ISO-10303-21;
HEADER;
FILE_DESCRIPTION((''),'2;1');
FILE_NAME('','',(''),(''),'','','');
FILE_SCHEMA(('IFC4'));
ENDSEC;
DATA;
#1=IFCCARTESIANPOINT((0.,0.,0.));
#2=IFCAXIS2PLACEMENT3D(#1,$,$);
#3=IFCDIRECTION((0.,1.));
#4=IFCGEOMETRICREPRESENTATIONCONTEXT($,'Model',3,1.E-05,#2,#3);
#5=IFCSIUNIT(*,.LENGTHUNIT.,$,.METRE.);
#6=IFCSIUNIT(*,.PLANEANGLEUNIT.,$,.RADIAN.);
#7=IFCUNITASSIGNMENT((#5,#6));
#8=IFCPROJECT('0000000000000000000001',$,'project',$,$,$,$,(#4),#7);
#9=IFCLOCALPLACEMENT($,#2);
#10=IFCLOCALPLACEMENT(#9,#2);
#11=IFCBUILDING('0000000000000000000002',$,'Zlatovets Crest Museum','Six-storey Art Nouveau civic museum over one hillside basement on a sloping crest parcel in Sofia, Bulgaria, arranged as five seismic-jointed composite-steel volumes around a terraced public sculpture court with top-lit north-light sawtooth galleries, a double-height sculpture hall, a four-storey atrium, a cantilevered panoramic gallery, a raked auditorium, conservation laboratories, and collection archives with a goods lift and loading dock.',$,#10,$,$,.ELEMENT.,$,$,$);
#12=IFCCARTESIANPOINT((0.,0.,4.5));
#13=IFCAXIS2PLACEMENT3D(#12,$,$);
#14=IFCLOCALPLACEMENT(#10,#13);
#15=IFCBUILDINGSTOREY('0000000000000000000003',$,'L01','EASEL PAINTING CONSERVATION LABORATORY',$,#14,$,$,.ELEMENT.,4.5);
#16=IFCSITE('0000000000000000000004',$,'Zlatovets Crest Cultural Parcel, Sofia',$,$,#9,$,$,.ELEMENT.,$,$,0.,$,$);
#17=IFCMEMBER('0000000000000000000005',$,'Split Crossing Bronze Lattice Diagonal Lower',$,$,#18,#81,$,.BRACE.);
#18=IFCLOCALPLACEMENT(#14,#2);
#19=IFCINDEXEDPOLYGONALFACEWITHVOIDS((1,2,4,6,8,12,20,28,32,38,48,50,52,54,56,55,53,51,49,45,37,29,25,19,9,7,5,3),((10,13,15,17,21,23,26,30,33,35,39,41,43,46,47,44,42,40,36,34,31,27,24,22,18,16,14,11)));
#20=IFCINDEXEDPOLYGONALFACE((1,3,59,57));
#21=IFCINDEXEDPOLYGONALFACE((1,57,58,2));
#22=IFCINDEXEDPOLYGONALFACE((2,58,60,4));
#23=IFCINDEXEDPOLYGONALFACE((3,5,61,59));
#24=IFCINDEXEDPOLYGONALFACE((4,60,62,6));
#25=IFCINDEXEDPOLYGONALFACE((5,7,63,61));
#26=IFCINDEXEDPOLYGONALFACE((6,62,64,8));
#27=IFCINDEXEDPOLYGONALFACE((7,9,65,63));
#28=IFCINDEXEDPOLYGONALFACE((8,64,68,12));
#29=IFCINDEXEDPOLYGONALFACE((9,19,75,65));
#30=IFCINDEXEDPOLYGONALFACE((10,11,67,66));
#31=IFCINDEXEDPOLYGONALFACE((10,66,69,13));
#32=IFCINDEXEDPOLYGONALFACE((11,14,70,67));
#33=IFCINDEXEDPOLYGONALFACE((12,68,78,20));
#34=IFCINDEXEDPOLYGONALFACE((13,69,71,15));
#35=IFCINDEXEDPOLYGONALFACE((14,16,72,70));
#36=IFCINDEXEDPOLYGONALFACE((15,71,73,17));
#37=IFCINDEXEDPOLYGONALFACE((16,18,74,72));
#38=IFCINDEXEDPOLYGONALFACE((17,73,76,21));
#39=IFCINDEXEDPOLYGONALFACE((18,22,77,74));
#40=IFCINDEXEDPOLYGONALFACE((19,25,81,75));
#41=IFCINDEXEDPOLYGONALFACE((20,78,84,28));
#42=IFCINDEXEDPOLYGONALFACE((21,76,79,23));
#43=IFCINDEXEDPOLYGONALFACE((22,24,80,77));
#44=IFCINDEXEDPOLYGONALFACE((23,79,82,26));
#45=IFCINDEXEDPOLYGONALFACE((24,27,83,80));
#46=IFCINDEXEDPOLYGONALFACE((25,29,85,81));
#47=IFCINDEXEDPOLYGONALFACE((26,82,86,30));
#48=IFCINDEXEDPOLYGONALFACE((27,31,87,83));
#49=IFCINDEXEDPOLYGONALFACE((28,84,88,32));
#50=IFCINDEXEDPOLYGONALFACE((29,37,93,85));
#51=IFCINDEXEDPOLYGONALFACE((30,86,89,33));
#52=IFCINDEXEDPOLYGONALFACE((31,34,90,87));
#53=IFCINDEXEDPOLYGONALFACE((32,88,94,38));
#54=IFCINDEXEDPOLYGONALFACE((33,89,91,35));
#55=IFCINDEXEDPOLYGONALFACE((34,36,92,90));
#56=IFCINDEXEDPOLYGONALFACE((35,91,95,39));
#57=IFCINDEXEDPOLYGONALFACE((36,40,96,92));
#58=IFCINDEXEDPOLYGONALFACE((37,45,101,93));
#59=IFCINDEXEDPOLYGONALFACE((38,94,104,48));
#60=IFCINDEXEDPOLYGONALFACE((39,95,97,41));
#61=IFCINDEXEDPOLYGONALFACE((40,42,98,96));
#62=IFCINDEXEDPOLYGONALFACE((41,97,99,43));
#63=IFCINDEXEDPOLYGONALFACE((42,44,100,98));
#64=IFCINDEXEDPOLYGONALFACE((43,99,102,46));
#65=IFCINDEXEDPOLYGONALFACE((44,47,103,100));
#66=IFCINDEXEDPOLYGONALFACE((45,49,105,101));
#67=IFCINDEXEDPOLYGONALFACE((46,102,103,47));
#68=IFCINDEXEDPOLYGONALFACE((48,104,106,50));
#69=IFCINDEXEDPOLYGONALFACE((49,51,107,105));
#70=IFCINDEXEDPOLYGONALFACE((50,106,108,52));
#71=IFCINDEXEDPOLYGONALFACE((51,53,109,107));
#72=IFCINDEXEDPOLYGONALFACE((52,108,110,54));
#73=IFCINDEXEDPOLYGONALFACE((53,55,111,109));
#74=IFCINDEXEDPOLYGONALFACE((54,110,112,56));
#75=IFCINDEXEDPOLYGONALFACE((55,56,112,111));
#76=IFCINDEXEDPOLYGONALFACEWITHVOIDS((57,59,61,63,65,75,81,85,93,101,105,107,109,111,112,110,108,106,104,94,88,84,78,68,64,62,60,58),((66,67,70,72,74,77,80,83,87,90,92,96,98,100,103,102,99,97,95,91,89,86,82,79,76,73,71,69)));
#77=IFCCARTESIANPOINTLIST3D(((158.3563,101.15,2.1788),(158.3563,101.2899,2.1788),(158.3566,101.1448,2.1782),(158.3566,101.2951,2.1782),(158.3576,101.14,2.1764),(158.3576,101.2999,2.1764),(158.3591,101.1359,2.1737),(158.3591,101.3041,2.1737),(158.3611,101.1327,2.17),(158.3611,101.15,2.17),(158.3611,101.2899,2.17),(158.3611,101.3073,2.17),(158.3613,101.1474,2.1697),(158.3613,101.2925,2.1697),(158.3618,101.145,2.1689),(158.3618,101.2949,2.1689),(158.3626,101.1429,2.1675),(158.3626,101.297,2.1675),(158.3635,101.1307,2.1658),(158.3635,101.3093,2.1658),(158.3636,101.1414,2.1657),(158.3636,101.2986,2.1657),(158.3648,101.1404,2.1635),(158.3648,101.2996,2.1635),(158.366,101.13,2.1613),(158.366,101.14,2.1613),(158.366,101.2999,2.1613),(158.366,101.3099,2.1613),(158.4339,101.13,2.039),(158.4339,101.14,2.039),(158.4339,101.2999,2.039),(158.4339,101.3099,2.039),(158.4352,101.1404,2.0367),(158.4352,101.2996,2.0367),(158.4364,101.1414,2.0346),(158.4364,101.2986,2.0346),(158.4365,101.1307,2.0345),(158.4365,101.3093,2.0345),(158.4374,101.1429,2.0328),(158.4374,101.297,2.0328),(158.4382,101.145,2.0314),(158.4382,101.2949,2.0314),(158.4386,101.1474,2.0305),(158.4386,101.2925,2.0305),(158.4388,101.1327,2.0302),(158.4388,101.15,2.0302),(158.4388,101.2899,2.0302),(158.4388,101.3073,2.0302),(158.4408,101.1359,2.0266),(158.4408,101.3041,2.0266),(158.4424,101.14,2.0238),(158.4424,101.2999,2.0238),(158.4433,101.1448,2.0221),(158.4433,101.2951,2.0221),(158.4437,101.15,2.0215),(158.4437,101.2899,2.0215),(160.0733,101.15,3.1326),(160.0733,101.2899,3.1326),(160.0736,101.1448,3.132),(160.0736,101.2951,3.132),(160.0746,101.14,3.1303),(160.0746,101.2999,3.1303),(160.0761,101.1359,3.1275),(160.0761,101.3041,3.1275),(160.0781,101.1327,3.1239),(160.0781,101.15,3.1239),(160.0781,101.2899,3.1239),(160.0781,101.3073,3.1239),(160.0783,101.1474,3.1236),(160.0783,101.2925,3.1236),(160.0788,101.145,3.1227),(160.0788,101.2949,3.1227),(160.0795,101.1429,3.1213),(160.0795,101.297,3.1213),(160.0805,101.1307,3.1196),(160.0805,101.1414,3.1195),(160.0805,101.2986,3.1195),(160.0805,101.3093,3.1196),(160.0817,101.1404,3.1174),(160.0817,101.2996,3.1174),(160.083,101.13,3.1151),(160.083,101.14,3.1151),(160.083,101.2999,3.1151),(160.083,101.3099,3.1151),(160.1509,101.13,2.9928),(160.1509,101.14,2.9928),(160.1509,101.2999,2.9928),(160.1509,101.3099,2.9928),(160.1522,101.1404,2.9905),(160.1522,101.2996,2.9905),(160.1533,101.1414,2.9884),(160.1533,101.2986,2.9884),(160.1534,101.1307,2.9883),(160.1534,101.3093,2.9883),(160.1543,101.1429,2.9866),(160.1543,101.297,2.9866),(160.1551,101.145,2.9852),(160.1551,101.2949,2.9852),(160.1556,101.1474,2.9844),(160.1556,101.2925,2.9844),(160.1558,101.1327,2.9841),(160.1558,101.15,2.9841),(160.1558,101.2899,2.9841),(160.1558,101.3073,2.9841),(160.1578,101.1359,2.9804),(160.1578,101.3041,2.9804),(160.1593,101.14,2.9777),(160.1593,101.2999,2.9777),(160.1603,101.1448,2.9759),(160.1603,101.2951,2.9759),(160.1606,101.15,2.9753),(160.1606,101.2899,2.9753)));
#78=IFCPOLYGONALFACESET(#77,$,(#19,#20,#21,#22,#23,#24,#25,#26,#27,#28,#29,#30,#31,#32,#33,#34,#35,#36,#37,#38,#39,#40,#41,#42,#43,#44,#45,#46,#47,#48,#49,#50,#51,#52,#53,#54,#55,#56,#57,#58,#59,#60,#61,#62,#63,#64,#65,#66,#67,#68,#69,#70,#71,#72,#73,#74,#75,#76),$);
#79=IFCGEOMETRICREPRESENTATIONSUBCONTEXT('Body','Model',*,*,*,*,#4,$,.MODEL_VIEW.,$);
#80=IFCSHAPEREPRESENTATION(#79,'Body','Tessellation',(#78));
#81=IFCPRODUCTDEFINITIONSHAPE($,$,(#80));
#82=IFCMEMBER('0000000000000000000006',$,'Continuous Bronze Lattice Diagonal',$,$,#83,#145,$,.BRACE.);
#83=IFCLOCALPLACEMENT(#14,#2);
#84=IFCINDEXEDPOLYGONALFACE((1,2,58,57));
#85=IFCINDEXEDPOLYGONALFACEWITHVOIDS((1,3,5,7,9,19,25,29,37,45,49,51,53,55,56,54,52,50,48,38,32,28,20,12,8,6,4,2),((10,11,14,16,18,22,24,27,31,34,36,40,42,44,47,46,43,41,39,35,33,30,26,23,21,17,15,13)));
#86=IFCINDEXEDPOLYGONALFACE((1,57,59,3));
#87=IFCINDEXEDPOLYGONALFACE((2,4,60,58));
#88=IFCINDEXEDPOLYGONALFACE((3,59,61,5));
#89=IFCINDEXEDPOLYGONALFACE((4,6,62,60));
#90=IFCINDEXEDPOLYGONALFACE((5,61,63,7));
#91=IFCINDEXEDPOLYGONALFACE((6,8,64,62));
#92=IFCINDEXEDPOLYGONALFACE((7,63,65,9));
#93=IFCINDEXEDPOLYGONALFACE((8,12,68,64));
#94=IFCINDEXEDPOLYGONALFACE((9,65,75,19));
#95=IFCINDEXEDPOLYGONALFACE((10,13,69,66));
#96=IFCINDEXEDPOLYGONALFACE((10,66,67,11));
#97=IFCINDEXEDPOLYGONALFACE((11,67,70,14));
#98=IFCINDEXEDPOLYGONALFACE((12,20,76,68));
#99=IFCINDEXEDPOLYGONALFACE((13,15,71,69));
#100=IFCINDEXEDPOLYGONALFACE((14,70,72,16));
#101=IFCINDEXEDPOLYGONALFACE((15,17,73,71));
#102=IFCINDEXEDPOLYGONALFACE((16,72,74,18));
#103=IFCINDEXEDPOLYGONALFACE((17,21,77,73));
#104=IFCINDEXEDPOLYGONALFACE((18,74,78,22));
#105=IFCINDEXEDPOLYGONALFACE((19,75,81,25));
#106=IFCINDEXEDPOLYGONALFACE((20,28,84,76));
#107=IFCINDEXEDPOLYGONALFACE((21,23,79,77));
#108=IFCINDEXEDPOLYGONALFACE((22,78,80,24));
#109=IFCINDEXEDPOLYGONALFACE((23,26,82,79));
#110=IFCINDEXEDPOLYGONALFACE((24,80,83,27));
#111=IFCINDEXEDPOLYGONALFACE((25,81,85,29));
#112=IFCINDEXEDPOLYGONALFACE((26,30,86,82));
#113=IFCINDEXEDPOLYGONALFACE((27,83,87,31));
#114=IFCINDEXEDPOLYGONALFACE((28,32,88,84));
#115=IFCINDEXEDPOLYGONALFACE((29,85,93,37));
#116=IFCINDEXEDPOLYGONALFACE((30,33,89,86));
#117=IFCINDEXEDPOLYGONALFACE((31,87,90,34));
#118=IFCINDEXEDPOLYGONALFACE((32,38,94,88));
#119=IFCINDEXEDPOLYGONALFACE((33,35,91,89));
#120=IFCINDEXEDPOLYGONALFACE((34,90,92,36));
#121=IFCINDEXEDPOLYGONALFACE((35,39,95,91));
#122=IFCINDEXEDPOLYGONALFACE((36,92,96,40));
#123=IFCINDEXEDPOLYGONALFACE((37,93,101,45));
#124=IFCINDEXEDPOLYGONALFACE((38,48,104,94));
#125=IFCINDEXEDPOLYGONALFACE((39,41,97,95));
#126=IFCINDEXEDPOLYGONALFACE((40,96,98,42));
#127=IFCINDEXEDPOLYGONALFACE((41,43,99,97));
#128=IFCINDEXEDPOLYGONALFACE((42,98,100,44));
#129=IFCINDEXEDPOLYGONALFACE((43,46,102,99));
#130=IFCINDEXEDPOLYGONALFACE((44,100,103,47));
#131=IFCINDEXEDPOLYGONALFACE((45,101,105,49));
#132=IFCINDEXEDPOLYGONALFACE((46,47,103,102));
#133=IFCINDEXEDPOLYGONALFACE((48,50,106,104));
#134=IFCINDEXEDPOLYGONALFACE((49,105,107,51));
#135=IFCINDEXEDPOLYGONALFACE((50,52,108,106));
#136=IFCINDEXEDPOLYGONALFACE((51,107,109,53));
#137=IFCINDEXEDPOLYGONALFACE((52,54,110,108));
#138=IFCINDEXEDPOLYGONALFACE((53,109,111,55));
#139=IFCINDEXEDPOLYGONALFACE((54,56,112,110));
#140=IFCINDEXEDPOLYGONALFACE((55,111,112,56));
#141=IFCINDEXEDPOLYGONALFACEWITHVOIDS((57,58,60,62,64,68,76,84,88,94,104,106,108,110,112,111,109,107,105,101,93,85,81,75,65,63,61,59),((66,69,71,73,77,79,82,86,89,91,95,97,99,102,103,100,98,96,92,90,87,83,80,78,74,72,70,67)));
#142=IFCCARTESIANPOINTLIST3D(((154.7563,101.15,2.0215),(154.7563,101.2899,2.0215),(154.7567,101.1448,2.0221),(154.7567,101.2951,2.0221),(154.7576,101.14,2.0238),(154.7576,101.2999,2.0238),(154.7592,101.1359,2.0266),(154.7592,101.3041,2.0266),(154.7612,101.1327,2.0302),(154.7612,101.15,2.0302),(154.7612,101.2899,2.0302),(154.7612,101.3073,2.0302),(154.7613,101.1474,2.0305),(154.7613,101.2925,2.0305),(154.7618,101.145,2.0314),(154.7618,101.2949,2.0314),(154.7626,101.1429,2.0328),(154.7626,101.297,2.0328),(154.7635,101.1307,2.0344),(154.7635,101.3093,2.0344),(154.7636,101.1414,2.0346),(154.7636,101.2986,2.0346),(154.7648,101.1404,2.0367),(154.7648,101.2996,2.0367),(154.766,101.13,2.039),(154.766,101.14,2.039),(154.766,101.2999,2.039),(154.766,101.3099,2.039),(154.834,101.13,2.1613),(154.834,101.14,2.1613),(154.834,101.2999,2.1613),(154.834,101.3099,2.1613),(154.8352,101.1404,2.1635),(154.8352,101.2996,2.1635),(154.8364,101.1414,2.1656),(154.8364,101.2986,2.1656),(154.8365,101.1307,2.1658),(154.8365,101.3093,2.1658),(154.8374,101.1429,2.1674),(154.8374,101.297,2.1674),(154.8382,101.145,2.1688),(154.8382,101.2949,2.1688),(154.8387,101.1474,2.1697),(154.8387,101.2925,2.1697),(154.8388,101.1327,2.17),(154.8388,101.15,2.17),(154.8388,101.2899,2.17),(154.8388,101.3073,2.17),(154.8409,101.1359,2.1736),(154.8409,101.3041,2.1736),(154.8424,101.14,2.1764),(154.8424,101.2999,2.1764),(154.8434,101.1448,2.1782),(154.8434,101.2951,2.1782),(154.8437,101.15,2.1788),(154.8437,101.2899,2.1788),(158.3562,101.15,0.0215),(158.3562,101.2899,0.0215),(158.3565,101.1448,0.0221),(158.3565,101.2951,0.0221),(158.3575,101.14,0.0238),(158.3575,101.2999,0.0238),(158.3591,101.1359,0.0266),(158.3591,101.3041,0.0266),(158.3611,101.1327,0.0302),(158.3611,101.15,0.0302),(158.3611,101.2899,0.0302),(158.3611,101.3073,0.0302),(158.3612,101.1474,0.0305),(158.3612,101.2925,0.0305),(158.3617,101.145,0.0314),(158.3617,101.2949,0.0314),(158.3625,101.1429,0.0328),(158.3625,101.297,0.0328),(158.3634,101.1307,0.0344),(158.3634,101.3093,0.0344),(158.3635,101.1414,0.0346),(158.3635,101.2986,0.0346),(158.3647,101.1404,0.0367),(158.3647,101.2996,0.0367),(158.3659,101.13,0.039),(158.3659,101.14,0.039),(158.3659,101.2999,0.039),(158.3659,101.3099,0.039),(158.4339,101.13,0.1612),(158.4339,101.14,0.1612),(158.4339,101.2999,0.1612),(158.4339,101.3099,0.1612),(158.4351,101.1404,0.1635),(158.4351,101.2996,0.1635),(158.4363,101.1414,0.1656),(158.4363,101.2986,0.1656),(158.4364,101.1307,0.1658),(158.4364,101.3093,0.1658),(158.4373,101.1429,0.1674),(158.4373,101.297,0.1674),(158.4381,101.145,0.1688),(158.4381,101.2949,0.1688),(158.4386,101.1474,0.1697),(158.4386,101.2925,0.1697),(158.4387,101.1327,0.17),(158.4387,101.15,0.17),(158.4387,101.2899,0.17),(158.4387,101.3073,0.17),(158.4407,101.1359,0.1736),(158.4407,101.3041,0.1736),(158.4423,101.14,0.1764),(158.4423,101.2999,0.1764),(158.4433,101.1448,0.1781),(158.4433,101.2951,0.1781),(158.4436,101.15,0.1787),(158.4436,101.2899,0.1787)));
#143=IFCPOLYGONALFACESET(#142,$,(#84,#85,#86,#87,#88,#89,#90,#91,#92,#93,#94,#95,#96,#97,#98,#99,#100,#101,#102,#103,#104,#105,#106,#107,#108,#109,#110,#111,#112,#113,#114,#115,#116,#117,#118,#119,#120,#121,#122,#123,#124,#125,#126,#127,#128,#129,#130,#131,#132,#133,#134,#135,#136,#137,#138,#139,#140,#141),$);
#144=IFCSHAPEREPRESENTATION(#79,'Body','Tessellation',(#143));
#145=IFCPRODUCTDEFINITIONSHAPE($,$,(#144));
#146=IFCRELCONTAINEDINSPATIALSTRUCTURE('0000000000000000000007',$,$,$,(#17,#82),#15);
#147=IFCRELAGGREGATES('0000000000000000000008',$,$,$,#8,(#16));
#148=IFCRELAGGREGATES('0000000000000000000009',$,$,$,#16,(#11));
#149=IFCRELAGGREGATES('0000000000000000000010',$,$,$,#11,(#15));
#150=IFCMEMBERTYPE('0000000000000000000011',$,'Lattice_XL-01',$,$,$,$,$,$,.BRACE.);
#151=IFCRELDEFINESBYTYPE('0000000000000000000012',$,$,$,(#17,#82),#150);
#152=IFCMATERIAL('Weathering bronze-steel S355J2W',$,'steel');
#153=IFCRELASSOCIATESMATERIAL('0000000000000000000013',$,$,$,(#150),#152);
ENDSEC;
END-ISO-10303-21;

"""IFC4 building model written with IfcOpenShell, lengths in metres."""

from ifc_helpers import new_model, si_unit, direction, frame, origin, origin_2d, place, context, subcontext, project, spatial, hollow_rectangle, extrude, material, material_profile, profile_set, type_object, element, save


model = new_model("IFC4")

# Units and contexts
model_context = context("Model", 3, precision=1e-05, world=origin(), true_north=direction((0.0, 1.0)))
body_context = subcontext(model_context, "Body", "Model", "MODEL_VIEW")
ifc_project = project(units=[si_unit("LENGTHUNIT", "METRE"), si_unit("PLANEANGLEUNIT", "RADIAN")], contexts=[model_context])

# Site, building, storey
site_placement = place(None, origin())
site = spatial("IfcSite", under=ifc_project, at=site_placement, Name="Zlatovets Crest Cultural Parcel, Sofia", CompositionType="ELEMENT", RefElevation=0.0)
building_placement = place(site_placement, origin())
building = spatial("IfcBuilding", under=site, at=building_placement, Name="Zlatovets Crest Museum", Description="Six-storey Art Nouveau civic museum over one hillside basement on a sloping crest parcel in Sofia, Bulgaria, arranged as five seismic-jointed composite-steel volumes around a terraced public sculpture court with top-lit north-light sawtooth galleries, a double-height sculpture hall, a four-storey atrium, a cantilevered panoramic gallery, a raked auditorium, conservation laboratories, and collection archives with a goods lift and loading dock.", CompositionType="ELEMENT")
storey_placement = place(building_placement, frame((0.0, 0.0, 4.5)))
storey = spatial("IfcBuildingStorey", under=building, at=storey_placement, Name="L01", Description="EASEL PAINTING CONSERVATION LABORATORY", CompositionType="ELEMENT", Elevation=4.5)

# Members
ifc_material_1 = material(Name="Weathering bronze-steel S355J2W", Category="steel")
ifc_material_profile_1 = material_profile(ifc_material_1, hollow_rectangle(XDim=0.1799, YDim=0.1799, WallThickness=0.01, InnerFilletRadius=0.01, OuterFilletRadius=0.02, at=origin_2d()), Name="SHS 180x180x10.0")
ifc_profile_set_1 = profile_set([ifc_material_profile_1], Name="Weathering bronze-steel S355J2W")
member_type_1 = type_object("IfcMemberType", Name="Lattice_XL-01", PredefinedType="BRACE", material=ifc_profile_set_1)
for number, where, z_axis, x_axis, name in (
    (1, (160.1169, 101.22, 3.054), (-0.874169, 0.0, -0.485622), (0.0, -1.0, 0.0), "Split Crossing Bronze Lattice Diagonal Lower"),
):
    element("IfcMember", number, at=place(storey_placement, frame(where, z_axis=z_axis, x_axis=x_axis)), inside=storey, type_object=member_type_1, Name=name, PredefinedType="BRACE", context=body_context, shape_type="SweptSolid", body=[
        extrude(hollow_rectangle(XDim=0.1799, YDim=0.1799, WallThickness=0.01, InnerFilletRadius=0.01, OuterFilletRadius=0.02, at=origin_2d()), origin(), (0.0, 0.0, 1.0), 1.9641),
    ])
member_1_placement = place(storey_placement, frame((158.3999, 101.22, 0.1001), z_axis=(-0.874149, 0.0, 0.485658), x_axis=(0.0, -1.0, 0.0)))
element("IfcMember", 2, at=member_1_placement, inside=storey, type_object=member_type_1, Name="Continuous Bronze Lattice Diagonal", PredefinedType="BRACE", context=body_context, shape_type="SweptSolid", body=[
    extrude(hollow_rectangle(XDim=0.1799, YDim=0.1799, WallThickness=0.01, InnerFilletRadius=0.01, OuterFilletRadius=0.02, at=origin_2d()), origin(), (0.0, 0.0, 1.0), 4.1182),
])

save(model, "model.ifc")
